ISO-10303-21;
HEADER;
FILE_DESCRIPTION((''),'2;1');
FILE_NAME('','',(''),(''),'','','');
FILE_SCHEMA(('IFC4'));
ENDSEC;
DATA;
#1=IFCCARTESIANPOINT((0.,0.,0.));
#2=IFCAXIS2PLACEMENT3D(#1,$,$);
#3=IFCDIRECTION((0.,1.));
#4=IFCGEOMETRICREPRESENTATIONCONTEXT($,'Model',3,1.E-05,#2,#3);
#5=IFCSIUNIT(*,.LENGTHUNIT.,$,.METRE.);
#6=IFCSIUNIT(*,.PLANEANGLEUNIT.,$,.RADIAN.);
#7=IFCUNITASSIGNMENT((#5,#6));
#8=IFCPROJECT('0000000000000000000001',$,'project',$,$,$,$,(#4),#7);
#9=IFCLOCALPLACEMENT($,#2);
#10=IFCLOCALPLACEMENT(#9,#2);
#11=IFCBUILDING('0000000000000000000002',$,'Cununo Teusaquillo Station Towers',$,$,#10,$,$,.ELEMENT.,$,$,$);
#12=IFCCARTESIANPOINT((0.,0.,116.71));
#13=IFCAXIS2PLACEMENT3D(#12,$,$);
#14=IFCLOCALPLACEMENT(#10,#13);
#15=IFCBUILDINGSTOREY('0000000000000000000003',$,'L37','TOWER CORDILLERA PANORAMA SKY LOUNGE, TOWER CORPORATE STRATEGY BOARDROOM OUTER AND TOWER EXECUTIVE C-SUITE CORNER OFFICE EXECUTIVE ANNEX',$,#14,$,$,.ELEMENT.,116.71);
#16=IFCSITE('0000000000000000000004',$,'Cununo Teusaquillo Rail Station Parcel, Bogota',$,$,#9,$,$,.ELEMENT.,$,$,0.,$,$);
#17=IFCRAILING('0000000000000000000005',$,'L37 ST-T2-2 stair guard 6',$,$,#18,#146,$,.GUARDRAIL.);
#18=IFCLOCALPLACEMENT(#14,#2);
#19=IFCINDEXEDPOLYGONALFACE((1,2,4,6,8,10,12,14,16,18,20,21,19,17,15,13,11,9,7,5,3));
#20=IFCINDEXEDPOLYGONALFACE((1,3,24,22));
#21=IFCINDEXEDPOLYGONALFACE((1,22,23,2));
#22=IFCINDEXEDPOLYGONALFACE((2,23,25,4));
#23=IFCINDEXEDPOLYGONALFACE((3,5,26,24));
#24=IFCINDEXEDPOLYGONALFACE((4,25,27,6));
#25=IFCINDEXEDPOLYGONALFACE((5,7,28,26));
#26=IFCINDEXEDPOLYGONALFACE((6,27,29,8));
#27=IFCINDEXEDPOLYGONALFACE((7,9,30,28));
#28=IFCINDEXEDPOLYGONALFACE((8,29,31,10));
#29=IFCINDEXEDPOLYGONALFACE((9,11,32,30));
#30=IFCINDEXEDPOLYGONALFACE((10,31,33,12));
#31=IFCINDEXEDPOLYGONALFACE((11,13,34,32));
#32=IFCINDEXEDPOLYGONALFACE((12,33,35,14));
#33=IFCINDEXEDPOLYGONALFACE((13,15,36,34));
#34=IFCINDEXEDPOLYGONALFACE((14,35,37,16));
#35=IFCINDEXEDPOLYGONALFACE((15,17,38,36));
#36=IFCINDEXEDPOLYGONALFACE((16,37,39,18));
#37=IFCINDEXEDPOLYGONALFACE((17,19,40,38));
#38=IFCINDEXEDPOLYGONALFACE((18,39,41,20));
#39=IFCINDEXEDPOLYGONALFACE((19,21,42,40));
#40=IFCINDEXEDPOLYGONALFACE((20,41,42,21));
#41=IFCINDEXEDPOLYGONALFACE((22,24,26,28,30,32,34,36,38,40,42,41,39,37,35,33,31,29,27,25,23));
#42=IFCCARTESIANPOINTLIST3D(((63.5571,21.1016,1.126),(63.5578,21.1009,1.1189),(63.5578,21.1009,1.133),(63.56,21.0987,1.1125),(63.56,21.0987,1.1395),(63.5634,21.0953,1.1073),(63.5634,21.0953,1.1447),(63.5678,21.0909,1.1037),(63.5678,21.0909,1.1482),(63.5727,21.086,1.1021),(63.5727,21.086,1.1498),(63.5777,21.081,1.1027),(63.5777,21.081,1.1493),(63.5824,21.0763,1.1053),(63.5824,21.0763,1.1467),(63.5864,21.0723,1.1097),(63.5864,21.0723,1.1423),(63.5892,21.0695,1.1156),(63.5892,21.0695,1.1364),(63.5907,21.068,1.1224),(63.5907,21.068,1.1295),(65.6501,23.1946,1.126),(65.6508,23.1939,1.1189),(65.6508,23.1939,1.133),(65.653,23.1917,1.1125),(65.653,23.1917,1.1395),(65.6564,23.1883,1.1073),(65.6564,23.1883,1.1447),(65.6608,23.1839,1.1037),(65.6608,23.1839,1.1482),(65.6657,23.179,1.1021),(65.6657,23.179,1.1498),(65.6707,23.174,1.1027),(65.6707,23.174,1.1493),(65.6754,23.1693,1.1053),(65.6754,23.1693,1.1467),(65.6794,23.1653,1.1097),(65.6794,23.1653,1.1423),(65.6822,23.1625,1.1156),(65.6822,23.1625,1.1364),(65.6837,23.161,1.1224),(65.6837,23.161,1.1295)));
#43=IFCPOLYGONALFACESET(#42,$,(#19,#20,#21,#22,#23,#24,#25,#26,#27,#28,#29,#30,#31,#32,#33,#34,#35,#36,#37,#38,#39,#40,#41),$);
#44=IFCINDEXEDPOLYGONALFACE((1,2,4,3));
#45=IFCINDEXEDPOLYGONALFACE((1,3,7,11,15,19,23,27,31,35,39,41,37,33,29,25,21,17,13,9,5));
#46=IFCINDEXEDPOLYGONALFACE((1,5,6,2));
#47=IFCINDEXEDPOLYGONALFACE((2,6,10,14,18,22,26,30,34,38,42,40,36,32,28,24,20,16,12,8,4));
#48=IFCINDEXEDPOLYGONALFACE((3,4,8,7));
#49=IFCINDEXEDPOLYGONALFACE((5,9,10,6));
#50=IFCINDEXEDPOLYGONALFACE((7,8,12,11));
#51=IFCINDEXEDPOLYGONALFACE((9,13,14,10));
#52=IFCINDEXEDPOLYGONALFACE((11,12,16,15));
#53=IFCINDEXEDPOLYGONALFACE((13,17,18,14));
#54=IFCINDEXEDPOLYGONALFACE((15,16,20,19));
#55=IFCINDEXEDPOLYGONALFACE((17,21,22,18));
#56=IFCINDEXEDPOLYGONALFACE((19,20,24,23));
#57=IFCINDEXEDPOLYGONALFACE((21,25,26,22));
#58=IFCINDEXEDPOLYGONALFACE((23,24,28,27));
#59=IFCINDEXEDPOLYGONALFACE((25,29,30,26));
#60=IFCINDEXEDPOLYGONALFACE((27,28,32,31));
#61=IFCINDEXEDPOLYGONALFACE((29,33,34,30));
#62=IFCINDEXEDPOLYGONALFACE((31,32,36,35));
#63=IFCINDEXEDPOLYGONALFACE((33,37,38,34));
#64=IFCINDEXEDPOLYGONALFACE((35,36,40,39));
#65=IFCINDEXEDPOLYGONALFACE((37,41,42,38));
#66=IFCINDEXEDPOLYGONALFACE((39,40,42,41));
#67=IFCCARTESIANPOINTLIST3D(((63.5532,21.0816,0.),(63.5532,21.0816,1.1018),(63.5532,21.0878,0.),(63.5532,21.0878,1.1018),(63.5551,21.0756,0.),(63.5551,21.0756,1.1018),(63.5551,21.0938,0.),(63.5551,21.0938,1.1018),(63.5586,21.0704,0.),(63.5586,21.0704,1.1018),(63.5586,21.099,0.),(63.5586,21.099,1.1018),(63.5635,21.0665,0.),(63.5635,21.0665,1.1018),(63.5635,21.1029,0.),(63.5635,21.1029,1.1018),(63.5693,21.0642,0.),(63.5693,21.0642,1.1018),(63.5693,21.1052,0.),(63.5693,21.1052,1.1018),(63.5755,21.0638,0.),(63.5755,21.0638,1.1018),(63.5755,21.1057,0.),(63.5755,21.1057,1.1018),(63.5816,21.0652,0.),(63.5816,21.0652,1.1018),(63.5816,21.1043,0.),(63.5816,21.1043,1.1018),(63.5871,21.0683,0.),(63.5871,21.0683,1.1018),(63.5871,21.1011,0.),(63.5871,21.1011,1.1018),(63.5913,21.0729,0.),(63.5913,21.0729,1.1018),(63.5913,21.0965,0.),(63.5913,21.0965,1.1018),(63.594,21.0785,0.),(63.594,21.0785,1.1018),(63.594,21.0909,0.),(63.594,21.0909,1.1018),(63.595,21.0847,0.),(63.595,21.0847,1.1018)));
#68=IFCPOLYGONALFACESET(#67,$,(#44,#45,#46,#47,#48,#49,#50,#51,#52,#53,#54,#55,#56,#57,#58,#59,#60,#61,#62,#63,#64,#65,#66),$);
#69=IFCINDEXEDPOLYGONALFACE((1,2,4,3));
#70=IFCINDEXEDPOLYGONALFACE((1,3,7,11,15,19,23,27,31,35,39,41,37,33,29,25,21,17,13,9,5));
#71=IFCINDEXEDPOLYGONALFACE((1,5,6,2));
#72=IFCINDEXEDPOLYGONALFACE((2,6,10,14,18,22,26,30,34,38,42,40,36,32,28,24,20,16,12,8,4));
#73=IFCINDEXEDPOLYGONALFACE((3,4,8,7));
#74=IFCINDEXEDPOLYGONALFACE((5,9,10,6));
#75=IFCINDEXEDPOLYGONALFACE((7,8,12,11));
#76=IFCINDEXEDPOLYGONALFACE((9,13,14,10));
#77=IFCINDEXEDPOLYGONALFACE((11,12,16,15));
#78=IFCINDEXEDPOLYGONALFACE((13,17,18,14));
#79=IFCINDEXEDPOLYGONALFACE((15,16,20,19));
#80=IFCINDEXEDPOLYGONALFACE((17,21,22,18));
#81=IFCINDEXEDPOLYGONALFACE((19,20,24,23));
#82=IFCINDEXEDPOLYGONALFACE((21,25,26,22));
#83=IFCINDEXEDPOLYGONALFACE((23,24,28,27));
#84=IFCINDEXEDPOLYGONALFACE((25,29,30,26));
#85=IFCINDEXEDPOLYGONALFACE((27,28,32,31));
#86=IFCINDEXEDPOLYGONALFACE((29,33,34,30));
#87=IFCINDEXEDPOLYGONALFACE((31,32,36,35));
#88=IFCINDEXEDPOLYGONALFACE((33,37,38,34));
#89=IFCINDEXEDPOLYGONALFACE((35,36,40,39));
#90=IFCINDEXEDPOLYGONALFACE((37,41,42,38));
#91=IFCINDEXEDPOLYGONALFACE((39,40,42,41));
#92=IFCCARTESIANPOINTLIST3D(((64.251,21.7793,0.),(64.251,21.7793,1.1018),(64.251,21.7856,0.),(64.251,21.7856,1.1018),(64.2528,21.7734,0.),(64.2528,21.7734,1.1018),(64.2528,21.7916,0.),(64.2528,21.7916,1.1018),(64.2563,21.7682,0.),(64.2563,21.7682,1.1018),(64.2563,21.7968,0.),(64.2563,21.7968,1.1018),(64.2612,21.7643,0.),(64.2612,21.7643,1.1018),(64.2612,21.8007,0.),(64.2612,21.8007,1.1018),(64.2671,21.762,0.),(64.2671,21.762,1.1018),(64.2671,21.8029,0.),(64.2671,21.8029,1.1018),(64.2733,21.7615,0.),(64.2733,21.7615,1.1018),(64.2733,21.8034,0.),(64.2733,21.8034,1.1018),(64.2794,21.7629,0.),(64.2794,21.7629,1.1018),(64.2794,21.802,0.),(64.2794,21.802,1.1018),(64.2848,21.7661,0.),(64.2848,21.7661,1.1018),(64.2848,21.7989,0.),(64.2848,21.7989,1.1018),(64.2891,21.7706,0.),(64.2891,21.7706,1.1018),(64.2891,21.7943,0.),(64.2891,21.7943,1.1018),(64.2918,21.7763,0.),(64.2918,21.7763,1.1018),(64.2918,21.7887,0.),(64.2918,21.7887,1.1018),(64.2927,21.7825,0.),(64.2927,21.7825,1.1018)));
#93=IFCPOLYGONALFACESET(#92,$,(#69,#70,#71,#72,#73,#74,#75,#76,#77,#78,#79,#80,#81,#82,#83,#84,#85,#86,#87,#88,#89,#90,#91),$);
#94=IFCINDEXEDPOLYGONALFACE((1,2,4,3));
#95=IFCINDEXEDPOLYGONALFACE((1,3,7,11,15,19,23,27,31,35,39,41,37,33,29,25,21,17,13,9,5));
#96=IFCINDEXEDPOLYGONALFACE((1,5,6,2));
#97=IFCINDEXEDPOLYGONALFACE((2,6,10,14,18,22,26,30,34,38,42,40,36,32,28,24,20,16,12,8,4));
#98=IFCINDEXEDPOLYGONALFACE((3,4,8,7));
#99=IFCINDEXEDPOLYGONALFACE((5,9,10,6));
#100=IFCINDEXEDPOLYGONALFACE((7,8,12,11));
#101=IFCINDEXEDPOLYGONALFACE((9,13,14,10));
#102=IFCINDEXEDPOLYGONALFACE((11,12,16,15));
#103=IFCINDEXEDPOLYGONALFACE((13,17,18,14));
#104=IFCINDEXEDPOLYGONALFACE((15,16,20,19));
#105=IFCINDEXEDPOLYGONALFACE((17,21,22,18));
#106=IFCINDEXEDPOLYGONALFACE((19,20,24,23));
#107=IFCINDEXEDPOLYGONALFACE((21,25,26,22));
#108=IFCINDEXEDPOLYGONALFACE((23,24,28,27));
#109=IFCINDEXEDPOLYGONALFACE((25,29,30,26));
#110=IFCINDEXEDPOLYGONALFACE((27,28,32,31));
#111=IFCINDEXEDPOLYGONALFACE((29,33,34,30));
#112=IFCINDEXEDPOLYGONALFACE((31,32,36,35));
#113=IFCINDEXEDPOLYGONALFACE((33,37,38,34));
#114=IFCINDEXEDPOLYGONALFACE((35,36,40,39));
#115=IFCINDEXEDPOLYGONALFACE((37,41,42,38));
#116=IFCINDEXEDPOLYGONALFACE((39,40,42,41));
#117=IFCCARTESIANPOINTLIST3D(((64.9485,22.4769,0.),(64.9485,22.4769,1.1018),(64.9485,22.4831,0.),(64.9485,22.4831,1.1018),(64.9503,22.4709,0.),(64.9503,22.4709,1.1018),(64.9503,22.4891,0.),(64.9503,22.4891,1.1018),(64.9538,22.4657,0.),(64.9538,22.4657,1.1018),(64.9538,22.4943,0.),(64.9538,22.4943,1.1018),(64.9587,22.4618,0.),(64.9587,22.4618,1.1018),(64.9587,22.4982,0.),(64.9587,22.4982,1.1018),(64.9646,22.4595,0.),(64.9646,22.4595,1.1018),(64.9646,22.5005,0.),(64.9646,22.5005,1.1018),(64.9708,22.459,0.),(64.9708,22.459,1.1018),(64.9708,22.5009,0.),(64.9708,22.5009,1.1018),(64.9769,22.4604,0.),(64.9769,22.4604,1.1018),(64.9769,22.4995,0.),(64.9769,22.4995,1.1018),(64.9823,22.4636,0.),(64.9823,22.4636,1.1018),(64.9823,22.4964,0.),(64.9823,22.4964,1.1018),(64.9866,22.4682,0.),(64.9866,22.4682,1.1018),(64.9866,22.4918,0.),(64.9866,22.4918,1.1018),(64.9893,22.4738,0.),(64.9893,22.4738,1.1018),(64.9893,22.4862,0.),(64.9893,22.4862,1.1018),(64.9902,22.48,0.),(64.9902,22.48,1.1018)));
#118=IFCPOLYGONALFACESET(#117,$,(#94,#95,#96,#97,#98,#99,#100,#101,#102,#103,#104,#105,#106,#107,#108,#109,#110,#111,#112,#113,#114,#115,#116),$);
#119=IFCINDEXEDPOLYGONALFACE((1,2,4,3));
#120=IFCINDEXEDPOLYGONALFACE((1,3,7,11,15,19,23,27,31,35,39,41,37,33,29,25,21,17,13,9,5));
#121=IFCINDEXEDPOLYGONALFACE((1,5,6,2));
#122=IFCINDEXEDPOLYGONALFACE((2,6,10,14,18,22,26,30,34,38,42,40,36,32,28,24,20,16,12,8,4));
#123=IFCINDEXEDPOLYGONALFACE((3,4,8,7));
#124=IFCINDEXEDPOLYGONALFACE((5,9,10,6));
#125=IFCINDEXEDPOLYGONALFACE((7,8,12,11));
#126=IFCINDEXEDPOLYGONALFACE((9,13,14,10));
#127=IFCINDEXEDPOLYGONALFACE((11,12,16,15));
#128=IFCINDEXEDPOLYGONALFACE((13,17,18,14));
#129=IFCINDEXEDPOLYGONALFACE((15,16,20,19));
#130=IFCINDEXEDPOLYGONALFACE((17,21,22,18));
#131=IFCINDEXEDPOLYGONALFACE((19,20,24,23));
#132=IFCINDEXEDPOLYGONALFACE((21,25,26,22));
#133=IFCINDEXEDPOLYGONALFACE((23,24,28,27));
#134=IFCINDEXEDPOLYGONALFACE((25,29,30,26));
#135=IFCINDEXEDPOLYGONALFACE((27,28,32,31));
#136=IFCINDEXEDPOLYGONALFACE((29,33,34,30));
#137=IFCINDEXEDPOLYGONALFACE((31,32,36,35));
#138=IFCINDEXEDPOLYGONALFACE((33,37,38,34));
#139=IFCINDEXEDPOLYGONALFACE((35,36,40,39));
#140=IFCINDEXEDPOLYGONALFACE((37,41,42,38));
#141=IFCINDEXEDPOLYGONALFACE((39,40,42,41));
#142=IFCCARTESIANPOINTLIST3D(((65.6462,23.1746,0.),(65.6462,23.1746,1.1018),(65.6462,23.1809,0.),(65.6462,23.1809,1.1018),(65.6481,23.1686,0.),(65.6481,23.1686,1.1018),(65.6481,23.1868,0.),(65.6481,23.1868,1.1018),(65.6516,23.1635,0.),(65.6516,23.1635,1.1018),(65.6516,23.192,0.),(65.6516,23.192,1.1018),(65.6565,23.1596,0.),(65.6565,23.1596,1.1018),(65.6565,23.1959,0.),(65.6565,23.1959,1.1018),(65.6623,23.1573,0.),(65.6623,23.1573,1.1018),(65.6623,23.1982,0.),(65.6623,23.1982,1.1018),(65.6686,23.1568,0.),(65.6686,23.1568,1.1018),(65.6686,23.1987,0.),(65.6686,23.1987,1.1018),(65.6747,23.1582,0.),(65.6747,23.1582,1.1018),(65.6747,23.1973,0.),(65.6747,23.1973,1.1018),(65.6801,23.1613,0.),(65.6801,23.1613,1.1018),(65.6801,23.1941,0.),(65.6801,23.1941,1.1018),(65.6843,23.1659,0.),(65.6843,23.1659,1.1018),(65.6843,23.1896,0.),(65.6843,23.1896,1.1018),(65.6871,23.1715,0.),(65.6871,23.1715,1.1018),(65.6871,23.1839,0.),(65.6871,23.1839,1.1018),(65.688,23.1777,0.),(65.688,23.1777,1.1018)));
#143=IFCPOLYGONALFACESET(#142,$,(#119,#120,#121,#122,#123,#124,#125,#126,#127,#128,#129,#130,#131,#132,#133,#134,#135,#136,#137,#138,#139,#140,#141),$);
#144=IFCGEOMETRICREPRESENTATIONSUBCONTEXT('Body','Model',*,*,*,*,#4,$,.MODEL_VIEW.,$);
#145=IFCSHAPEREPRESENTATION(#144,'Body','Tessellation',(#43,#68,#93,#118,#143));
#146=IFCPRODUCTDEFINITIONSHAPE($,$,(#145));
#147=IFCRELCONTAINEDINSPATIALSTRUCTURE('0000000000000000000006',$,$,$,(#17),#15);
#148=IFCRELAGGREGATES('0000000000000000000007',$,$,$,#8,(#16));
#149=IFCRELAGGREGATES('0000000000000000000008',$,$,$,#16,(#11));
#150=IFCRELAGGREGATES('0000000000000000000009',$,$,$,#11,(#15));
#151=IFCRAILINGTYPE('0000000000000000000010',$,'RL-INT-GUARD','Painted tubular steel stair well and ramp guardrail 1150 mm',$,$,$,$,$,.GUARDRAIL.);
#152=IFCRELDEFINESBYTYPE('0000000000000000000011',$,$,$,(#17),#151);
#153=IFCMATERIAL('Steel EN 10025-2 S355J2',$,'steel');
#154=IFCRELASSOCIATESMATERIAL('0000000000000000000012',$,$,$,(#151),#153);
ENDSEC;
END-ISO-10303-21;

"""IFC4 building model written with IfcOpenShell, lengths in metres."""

from ifc_helpers import new_model, si_unit, direction, frame, origin, origin_2d, place, context, subcontext, project, spatial, circle, extrude, material, type_object, element, save


model = new_model("IFC4")

# Units and contexts
model_context = context("Model", 3, precision=1e-05, world=origin(), true_north=direction((0.0, 1.0)))
body_context = subcontext(model_context, "Body", "Model", "MODEL_VIEW")
ifc_project = project(units=[si_unit("LENGTHUNIT", "METRE"), si_unit("PLANEANGLEUNIT", "RADIAN")], contexts=[model_context])

# Site, building, storey
site_placement = place(None, origin())
site = spatial("IfcSite", under=ifc_project, at=site_placement, Name="Cununo Teusaquillo Rail Station Parcel, Bogota", CompositionType="ELEMENT", RefElevation=0.0)
building_placement = place(site_placement, origin())
building = spatial("IfcBuilding", under=site, at=building_placement, Name="Cununo Teusaquillo Station Towers", CompositionType="ELEMENT")
storey_placement = place(building_placement, frame((0.0, 0.0, 116.71)))
storey = spatial("IfcBuildingStorey", under=building, at=storey_placement, Name="L37", Description="TOWER CORDILLERA PANORAMA SKY LOUNGE, TOWER CORPORATE STRATEGY BOARDROOM OUTER AND TOWER EXECUTIVE C-SUITE CORNER OFFICE EXECUTIVE ANNEX", CompositionType="ELEMENT", Elevation=116.71)

# Railing
ifc_material_1 = material(Name="Steel EN 10025-2 S355J2", Category="steel")
railing_type = type_object("IfcRailingType", Name="RL-INT-GUARD", Description="Painted tubular steel stair well and ramp guardrail 1150 mm", PredefinedType="GUARDRAIL", material=ifc_material_1)
railing_1_placement = place(storey_placement, frame((63.574, 21.0847, 0.0)))
element("IfcRailing", 1, at=railing_1_placement, inside=storey, type_object=railing_type, Name="L37 ST-T2-2 stair guard 6", PredefinedType="GUARDRAIL", context=body_context, shape_type="SweptSolid", body=[
    extrude(circle(Radius=0.0239, at=origin_2d()), frame((0.0, 0.0, 1.126), z_axis=(0.707107, 0.707107, 0.0), x_axis=(-0.707107, 0.707107, 0.0)), (0.0, 0.0, 1.0), 2.96),
    extrude(circle(Radius=0.021, at=origin_2d()), origin(), (0.0, 0.0, 1.0), 1.1018),
    extrude(circle(Radius=0.021, at=origin_2d()), frame((0.6978, 0.6978, 0.0)), (0.0, 0.0, 1.0), 1.1018),
    extrude(circle(Radius=0.021, at=origin_2d()), frame((1.3953, 1.3953, 0.0)), (0.0, 0.0, 1.0), 1.1018),
    extrude(circle(Radius=0.021, at=origin_2d()), frame((2.093, 2.093, 0.0)), (0.0, 0.0, 1.0), 1.1018),
])

save(model, "model.ifc")
